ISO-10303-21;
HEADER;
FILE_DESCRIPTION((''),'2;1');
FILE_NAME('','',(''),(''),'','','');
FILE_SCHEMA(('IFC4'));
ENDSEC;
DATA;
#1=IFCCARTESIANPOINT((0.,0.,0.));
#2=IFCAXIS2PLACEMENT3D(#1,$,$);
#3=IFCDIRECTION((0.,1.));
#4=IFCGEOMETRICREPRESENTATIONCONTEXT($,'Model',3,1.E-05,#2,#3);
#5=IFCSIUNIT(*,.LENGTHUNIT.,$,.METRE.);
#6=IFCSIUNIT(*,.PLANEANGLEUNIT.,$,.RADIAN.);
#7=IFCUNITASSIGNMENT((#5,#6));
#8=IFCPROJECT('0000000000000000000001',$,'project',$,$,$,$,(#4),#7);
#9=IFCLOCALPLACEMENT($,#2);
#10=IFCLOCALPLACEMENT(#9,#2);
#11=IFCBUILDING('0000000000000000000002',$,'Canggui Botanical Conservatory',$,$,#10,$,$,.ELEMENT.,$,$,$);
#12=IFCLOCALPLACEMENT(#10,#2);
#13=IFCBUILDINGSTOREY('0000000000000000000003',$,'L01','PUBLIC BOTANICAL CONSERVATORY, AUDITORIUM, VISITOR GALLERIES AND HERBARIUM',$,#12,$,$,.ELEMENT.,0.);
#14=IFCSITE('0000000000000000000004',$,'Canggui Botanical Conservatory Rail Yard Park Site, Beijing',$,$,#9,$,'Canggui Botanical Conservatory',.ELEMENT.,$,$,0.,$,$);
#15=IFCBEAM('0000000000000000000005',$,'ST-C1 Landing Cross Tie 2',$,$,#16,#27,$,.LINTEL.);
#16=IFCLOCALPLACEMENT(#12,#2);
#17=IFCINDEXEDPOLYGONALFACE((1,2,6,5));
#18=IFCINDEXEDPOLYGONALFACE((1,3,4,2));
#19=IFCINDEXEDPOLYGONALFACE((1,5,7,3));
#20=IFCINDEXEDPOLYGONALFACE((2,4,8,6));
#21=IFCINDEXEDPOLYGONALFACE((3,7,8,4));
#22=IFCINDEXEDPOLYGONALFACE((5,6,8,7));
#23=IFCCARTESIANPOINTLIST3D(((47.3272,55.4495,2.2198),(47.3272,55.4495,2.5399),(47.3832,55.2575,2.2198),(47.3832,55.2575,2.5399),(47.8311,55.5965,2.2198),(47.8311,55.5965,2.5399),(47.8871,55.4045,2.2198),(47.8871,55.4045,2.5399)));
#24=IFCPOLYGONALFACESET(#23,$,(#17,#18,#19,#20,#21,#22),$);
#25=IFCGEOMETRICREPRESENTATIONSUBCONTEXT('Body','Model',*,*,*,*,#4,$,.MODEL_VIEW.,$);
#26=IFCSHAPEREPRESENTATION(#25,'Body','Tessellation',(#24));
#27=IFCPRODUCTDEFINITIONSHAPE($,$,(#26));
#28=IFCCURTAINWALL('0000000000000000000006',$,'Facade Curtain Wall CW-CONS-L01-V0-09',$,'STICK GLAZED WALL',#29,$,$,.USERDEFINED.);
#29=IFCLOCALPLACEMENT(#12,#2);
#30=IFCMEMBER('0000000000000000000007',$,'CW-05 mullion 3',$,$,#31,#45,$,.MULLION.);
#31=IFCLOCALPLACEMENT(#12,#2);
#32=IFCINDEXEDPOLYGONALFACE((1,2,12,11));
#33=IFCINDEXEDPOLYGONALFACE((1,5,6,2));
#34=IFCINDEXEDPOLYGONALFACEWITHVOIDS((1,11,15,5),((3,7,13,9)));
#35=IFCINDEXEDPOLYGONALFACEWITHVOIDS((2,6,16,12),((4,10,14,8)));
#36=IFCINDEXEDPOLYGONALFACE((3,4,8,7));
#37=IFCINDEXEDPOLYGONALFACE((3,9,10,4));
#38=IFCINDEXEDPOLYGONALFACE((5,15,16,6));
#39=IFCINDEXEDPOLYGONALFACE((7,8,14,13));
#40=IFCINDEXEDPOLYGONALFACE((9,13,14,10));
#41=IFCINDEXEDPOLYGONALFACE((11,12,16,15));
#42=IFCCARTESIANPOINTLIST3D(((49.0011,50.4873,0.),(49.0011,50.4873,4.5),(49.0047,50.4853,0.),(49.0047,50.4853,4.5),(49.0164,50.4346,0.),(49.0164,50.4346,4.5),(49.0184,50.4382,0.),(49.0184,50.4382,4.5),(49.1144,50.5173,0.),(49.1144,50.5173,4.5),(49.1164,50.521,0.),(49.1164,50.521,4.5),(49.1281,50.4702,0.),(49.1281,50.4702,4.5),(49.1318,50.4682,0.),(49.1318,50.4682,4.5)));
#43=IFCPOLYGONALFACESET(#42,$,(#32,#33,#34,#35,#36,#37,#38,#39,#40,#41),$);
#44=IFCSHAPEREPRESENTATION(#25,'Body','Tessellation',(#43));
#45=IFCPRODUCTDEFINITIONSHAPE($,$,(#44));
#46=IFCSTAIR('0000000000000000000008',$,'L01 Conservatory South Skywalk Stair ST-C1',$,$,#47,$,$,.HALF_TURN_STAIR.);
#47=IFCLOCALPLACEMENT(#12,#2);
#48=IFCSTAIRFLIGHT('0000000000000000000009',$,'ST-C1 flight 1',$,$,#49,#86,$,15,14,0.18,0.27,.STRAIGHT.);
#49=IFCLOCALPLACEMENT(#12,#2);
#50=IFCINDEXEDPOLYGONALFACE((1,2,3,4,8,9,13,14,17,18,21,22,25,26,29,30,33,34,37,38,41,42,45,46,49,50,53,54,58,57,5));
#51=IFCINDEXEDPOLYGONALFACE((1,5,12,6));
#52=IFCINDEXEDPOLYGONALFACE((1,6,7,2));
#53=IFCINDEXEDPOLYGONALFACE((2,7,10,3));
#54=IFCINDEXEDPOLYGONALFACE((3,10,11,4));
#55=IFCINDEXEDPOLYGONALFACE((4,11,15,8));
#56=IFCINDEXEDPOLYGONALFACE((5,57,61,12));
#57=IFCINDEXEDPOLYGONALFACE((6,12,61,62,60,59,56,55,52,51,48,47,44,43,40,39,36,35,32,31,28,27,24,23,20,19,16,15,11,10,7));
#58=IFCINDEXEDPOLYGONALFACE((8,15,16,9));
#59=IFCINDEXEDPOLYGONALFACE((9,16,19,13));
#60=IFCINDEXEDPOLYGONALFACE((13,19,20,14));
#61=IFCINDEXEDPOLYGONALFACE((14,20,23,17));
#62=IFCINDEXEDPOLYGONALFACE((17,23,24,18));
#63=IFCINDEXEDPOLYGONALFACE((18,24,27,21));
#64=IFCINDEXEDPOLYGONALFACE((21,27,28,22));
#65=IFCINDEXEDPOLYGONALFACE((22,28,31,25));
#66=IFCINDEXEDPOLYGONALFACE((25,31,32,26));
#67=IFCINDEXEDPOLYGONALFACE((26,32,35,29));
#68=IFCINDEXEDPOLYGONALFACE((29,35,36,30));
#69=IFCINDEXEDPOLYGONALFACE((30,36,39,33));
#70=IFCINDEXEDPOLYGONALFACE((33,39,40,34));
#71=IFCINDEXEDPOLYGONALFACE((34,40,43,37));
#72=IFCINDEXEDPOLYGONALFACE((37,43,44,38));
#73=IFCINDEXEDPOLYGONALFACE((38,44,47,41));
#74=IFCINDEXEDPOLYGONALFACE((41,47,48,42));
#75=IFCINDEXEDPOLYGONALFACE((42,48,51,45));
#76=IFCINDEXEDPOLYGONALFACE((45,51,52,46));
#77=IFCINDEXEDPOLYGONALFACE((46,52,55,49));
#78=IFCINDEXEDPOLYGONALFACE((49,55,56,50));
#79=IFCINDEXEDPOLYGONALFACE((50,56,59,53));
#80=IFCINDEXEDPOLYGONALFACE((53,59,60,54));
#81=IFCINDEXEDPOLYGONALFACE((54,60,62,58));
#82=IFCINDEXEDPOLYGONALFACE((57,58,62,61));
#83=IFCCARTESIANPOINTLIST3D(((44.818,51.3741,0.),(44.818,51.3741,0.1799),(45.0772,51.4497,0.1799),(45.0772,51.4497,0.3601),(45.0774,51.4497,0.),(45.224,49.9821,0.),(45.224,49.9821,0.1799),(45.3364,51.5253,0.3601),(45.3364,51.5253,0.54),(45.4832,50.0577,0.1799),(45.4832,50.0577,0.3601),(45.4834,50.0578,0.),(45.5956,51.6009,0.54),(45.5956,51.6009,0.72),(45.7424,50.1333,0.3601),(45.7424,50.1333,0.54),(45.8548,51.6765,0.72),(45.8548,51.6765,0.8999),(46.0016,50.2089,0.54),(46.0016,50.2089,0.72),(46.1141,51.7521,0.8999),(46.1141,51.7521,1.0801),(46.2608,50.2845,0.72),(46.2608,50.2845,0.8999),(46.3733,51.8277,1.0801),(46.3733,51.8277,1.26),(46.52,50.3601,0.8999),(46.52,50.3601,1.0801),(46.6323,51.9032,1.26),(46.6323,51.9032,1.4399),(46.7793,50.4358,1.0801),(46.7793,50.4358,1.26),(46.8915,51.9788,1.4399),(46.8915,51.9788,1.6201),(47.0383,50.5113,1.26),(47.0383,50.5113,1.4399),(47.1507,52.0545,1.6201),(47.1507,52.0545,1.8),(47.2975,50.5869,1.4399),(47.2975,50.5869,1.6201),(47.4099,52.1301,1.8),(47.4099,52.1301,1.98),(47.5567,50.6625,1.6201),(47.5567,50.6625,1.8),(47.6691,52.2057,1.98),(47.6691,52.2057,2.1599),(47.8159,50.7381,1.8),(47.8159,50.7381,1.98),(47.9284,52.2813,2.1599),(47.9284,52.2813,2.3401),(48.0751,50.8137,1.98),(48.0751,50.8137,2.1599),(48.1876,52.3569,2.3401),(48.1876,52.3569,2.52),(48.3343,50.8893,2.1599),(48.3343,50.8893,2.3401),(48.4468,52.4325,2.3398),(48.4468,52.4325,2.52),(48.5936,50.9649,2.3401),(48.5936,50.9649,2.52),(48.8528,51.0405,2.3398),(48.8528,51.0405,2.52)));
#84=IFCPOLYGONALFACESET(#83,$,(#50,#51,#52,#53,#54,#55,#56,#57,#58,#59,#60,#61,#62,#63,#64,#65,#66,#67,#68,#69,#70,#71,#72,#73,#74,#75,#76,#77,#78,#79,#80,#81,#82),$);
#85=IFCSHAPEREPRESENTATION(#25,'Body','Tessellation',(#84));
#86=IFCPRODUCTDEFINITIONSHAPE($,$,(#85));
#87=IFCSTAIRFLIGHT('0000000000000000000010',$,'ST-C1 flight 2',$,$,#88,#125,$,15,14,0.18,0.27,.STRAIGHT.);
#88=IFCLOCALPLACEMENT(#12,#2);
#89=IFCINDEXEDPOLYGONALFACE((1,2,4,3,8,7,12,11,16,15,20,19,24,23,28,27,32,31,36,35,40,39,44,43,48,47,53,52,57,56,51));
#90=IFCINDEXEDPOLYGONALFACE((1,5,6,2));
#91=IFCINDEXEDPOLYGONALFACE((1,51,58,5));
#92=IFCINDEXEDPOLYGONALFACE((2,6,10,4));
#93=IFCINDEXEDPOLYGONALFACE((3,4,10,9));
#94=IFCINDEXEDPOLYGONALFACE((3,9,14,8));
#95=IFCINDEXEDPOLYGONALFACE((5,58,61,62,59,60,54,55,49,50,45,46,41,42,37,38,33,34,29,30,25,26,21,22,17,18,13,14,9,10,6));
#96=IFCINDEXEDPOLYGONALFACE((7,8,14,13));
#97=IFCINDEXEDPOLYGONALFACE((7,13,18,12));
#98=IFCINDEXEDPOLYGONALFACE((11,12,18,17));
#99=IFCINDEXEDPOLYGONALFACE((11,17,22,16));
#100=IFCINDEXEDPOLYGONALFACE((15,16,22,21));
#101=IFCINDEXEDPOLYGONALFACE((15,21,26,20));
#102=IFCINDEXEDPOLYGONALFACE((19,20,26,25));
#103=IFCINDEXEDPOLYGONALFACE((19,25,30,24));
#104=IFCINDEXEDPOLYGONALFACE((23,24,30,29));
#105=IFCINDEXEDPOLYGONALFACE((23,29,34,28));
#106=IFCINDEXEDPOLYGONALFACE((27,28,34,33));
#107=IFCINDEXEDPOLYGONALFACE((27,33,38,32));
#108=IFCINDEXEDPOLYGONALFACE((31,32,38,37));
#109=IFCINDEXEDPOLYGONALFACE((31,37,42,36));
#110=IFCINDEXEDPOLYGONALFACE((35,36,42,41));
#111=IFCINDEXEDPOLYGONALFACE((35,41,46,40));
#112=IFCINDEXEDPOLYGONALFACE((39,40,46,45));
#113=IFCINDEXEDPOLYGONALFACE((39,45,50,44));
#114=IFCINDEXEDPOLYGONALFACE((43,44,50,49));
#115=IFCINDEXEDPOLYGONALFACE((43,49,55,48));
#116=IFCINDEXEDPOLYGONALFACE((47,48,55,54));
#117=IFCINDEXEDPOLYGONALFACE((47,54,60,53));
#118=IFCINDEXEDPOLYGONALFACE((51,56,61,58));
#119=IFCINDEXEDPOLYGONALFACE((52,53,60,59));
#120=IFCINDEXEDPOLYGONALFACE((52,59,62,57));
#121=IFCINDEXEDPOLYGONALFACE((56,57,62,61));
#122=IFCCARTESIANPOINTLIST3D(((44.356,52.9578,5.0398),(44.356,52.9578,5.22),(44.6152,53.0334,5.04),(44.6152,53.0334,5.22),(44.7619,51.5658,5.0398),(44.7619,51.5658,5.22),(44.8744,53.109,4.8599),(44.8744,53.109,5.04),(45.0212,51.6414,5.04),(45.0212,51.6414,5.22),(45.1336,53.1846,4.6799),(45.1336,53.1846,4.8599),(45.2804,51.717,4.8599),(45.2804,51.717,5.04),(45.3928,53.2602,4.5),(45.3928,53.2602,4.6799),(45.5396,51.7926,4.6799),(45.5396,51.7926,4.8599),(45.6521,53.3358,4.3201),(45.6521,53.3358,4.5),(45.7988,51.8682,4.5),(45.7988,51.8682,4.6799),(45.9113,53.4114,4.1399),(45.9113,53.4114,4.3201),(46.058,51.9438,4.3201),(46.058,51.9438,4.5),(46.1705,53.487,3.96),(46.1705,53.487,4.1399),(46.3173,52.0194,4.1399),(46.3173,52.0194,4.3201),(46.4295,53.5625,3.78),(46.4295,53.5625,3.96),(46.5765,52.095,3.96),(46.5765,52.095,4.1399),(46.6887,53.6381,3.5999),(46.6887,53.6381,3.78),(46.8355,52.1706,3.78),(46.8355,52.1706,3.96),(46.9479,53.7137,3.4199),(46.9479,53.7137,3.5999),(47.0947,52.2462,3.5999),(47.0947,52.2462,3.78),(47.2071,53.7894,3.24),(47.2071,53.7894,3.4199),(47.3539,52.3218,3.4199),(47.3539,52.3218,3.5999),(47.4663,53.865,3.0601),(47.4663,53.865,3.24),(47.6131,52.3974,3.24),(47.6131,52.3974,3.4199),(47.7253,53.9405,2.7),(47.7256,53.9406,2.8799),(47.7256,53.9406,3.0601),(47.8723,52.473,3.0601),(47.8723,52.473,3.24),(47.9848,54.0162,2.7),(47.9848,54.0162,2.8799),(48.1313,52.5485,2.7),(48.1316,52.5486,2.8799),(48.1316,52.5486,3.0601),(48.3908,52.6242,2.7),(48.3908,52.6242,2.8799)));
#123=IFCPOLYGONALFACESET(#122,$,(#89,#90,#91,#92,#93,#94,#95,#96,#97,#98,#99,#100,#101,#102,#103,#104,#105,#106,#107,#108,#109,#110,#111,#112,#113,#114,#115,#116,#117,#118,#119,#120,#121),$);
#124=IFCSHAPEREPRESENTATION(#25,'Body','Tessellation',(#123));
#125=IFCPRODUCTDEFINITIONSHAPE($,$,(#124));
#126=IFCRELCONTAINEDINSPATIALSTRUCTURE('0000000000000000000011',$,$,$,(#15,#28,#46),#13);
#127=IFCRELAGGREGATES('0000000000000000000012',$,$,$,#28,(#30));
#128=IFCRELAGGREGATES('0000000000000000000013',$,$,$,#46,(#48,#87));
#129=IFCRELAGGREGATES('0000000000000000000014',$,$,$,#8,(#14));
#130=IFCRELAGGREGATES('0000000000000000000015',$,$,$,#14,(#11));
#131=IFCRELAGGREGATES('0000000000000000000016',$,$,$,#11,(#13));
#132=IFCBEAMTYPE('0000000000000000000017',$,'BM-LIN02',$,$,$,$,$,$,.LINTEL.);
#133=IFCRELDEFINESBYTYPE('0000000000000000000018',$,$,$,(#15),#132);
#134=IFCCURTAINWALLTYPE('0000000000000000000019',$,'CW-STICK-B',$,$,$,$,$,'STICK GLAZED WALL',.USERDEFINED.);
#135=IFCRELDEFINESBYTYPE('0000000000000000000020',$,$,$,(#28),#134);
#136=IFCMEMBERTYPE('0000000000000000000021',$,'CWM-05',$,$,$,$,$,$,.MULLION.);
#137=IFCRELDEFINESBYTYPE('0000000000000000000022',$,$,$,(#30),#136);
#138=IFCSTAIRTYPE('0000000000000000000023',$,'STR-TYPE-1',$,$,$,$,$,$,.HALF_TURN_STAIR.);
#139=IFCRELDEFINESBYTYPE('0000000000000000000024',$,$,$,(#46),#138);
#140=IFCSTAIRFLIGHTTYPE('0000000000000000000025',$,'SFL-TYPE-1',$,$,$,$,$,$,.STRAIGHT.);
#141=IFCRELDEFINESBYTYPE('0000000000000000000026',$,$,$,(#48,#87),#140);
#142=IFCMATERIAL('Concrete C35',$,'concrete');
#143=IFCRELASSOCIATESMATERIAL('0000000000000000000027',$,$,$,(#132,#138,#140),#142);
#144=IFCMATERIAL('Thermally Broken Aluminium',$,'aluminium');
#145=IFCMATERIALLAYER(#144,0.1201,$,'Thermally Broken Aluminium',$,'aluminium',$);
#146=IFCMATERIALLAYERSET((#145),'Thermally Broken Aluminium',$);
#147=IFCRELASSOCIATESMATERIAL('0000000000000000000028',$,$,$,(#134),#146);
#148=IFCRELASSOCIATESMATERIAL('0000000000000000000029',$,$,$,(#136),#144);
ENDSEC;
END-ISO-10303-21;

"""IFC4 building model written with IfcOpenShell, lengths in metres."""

from ifc_helpers import new_model, si_unit, direction, frame, origin, origin_2d, place, context, subcontext, project, spatial, polyline, rectangle, hollow_rectangle, outline, extrude, material, layer, layer_set, material_profile, profile_set, type_object, element, aggregate, save


model = new_model("IFC4")

# Units and contexts
model_context = context("Model", 3, precision=1e-05, world=origin(), true_north=direction((0.0, 1.0)))
body_context = subcontext(model_context, "Body", "Model", "MODEL_VIEW")
ifc_project = project(units=[si_unit("LENGTHUNIT", "METRE"), si_unit("PLANEANGLEUNIT", "RADIAN")], contexts=[model_context])

# Site, building, storey
site_placement = place(None, origin())
site = spatial("IfcSite", under=ifc_project, at=site_placement, Name="Canggui Botanical Conservatory Rail Yard Park Site, Beijing", LongName="Canggui Botanical Conservatory", CompositionType="ELEMENT", RefElevation=0.0)
building_placement = place(site_placement, origin())
building = spatial("IfcBuilding", under=site, at=building_placement, Name="Canggui Botanical Conservatory", CompositionType="ELEMENT")
storey_placement = place(building_placement, origin())
storey = spatial("IfcBuildingStorey", under=building, at=storey_placement, Name="L01", Description="PUBLIC BOTANICAL CONSERVATORY, AUDITORIUM, VISITOR GALLERIES AND HERBARIUM", CompositionType="ELEMENT", Elevation=0.0)

# Shared definitions
ifc_material_1 = material(Name="Concrete C35", Category="concrete")

# Beam
ifc_material_profile_1 = material_profile(ifc_material_1, rectangle(XDim=0.2, YDim=0.3201, at=origin_2d()), Name="RB 200x320")
ifc_profile_set_1 = profile_set([ifc_material_profile_1], Name="Concrete C35")
beam_type = type_object("IfcBeamType", Name="BM-LIN02", PredefinedType="LINTEL", material=ifc_profile_set_1)
beam_1_placement = place(storey_placement, frame((47.3552, 55.3535, 2.3799), z_axis=(0.96, 0.28, 0.0), x_axis=(-0.28, 0.96, 0.0)))
element("IfcBeam", 1, at=beam_1_placement, inside=storey, type_object=beam_type, Name="ST-C1 Landing Cross Tie 2", PredefinedType="LINTEL", context=body_context, shape_type="SweptSolid", body=[
    extrude(rectangle(XDim=0.2, YDim=0.3201, at=origin_2d()), origin(), (0.0, 0.0, 1.0), 0.5249),
])

# Curtain wall, member
ifc_material_2 = material(Name="Thermally Broken Aluminium", Category="aluminium")
ifc_layer_1 = layer(ifc_material_2, 0.1201, Name="Thermally Broken Aluminium", Category="aluminium")
ifc_layer_set_1 = layer_set([ifc_layer_1], Name="Thermally Broken Aluminium")
curtain_wall_type = type_object("IfcCurtainWallType", Name="CW-STICK-B", ElementType="STICK GLAZED WALL", PredefinedType="USERDEFINED", material=ifc_layer_set_1)
curtain_wall_placement = place(storey_placement, origin())
curtain_wall = element("IfcCurtainWall", 2, at=curtain_wall_placement, inside=storey, type_object=curtain_wall_type, Name="Facade Curtain Wall CW-CONS-L01-V0-09", ObjectType="STICK GLAZED WALL", PredefinedType="USERDEFINED")
ifc_material_profile_2 = material_profile(ifc_material_2, hollow_rectangle(XDim=0.0549, YDim=0.1201, WallThickness=0.0029, at=origin_2d()), Name="CWM 55x120x3")
ifc_profile_set_2 = profile_set([ifc_material_profile_2], Name="Thermally Broken Aluminium")
member_type = type_object("IfcMemberType", Name="CWM-05", PredefinedType="MULLION", material=ifc_profile_set_2)
member_placement = place(storey_placement, frame((49.0664, 50.4778, 0.0), z_axis=(0.0, 0.0, 1.0), x_axis=(0.28, -0.96, 0.0)))
member = element("IfcMember", 3, at=member_placement, type_object=member_type, Name="CW-05 mullion 3", PredefinedType="MULLION", context=body_context, shape_type="SweptSolid", body=[
    extrude(hollow_rectangle(XDim=0.0549, YDim=0.1201, WallThickness=0.0029, at=origin_2d()), origin(), (0.0, 0.0, 1.0), 4.5),
])
aggregate(curtain_wall, [member])

# Stair, stair flights
stair_type = type_object("IfcStairType", Name="STR-TYPE-1", PredefinedType="HALF_TURN_STAIR", material=ifc_material_1)
stair_placement = place(storey_placement, origin())
stair = element("IfcStair", 4, at=stair_placement, inside=storey, type_object=stair_type, Name="L01 Conservatory South Skywalk Stair ST-C1", PredefinedType="HALF_TURN_STAIR")
stair_flight_type = type_object("IfcStairFlightType", Name="SFL-TYPE-1", PredefinedType="STRAIGHT", material=ifc_material_1)
stair_flight_1_placement = place(storey_placement, frame((45.021, 50.678, 0.0), z_axis=(0.0, 0.0, 1.0), x_axis=(0.96, 0.28, 0.0)))
stair_flight_1 = element("IfcStairFlight", 5, at=stair_flight_1_placement, type_object=stair_flight_type, Name="ST-C1 flight 1", NumberOfRisers=15, NumberOfTreads=14, PredefinedType="STRAIGHT", RiserHeight=0.18, TreadLength=0.27, context=body_context, shape_type="SweptSolid", body=[
    extrude(outline(polyline([(0.0, 0.0), (0.0, 0.1799), (0.27, 0.1799), (0.27, 0.3601), (0.54, 0.3601), (0.54, 0.54), (0.8101, 0.54), (0.8101, 0.72), (1.0801, 0.72), (1.0801, 0.8999), (1.3501, 0.8999), (1.3501, 1.0801), (1.6201, 1.0801), (1.6201, 1.26), (1.8899, 1.26), (1.8899, 1.4399), (2.1599, 1.4399), (2.1599, 1.6201), (2.4299, 1.6201), (2.4299, 1.8), (2.7, 1.8), (2.7, 1.98), (2.97, 1.98), (2.97, 2.1599), (3.24, 2.1599), (3.24, 2.3401), (3.51, 2.3401), (3.51, 2.52), (3.78, 2.52), (3.78, 2.7), (3.78, 2.3398), (0.2703, 0.0), (0.0, 0.0)])), frame((0.0, 0.7251, 0.0), z_axis=(0.0, -1.0, 0.0), x_axis=(1.0, 0.0, 0.0)), (0.0, 0.0, 1.0), 1.45),
])
stair_flight_2_placement = place(storey_placement, frame((48.1877, 53.3203, 2.7), z_axis=(0.0, 0.0, 1.0), x_axis=(-0.96, -0.28, 0.0)))
stair_flight_2 = element("IfcStairFlight", 6, at=stair_flight_2_placement, type_object=stair_flight_type, Name="ST-C1 flight 2", NumberOfRisers=15, NumberOfTreads=14, PredefinedType="STRAIGHT", RiserHeight=0.18, TreadLength=0.27, context=body_context, shape_type="SweptSolid", body=[
    extrude(outline(polyline([(0.0, 0.0), (0.0, 0.1799), (0.27, 0.1799), (0.27, 0.3601), (0.54, 0.3601), (0.54, 0.54), (0.8101, 0.54), (0.8101, 0.72), (1.0801, 0.72), (1.0801, 0.8999), (1.3501, 0.8999), (1.3501, 1.0801), (1.6201, 1.0801), (1.6201, 1.26), (1.8899, 1.26), (1.8899, 1.4399), (2.1599, 1.4399), (2.1599, 1.6201), (2.4299, 1.6201), (2.4299, 1.8), (2.7, 1.8), (2.7, 1.98), (2.97, 1.98), (2.97, 2.1599), (3.24, 2.1599), (3.24, 2.3401), (3.51, 2.3401), (3.51, 2.52), (3.78, 2.52), (3.78, 2.7), (3.78, 2.3398), (0.2703, 0.0), (0.0, 0.0)])), frame((0.0, 0.7251, 0.0), z_axis=(0.0, -1.0, 0.0), x_axis=(1.0, 0.0, 0.0)), (0.0, 0.0, 1.0), 1.45),
])
aggregate(stair, [stair_flight_1, stair_flight_2])

save(model, "model.ifc")
